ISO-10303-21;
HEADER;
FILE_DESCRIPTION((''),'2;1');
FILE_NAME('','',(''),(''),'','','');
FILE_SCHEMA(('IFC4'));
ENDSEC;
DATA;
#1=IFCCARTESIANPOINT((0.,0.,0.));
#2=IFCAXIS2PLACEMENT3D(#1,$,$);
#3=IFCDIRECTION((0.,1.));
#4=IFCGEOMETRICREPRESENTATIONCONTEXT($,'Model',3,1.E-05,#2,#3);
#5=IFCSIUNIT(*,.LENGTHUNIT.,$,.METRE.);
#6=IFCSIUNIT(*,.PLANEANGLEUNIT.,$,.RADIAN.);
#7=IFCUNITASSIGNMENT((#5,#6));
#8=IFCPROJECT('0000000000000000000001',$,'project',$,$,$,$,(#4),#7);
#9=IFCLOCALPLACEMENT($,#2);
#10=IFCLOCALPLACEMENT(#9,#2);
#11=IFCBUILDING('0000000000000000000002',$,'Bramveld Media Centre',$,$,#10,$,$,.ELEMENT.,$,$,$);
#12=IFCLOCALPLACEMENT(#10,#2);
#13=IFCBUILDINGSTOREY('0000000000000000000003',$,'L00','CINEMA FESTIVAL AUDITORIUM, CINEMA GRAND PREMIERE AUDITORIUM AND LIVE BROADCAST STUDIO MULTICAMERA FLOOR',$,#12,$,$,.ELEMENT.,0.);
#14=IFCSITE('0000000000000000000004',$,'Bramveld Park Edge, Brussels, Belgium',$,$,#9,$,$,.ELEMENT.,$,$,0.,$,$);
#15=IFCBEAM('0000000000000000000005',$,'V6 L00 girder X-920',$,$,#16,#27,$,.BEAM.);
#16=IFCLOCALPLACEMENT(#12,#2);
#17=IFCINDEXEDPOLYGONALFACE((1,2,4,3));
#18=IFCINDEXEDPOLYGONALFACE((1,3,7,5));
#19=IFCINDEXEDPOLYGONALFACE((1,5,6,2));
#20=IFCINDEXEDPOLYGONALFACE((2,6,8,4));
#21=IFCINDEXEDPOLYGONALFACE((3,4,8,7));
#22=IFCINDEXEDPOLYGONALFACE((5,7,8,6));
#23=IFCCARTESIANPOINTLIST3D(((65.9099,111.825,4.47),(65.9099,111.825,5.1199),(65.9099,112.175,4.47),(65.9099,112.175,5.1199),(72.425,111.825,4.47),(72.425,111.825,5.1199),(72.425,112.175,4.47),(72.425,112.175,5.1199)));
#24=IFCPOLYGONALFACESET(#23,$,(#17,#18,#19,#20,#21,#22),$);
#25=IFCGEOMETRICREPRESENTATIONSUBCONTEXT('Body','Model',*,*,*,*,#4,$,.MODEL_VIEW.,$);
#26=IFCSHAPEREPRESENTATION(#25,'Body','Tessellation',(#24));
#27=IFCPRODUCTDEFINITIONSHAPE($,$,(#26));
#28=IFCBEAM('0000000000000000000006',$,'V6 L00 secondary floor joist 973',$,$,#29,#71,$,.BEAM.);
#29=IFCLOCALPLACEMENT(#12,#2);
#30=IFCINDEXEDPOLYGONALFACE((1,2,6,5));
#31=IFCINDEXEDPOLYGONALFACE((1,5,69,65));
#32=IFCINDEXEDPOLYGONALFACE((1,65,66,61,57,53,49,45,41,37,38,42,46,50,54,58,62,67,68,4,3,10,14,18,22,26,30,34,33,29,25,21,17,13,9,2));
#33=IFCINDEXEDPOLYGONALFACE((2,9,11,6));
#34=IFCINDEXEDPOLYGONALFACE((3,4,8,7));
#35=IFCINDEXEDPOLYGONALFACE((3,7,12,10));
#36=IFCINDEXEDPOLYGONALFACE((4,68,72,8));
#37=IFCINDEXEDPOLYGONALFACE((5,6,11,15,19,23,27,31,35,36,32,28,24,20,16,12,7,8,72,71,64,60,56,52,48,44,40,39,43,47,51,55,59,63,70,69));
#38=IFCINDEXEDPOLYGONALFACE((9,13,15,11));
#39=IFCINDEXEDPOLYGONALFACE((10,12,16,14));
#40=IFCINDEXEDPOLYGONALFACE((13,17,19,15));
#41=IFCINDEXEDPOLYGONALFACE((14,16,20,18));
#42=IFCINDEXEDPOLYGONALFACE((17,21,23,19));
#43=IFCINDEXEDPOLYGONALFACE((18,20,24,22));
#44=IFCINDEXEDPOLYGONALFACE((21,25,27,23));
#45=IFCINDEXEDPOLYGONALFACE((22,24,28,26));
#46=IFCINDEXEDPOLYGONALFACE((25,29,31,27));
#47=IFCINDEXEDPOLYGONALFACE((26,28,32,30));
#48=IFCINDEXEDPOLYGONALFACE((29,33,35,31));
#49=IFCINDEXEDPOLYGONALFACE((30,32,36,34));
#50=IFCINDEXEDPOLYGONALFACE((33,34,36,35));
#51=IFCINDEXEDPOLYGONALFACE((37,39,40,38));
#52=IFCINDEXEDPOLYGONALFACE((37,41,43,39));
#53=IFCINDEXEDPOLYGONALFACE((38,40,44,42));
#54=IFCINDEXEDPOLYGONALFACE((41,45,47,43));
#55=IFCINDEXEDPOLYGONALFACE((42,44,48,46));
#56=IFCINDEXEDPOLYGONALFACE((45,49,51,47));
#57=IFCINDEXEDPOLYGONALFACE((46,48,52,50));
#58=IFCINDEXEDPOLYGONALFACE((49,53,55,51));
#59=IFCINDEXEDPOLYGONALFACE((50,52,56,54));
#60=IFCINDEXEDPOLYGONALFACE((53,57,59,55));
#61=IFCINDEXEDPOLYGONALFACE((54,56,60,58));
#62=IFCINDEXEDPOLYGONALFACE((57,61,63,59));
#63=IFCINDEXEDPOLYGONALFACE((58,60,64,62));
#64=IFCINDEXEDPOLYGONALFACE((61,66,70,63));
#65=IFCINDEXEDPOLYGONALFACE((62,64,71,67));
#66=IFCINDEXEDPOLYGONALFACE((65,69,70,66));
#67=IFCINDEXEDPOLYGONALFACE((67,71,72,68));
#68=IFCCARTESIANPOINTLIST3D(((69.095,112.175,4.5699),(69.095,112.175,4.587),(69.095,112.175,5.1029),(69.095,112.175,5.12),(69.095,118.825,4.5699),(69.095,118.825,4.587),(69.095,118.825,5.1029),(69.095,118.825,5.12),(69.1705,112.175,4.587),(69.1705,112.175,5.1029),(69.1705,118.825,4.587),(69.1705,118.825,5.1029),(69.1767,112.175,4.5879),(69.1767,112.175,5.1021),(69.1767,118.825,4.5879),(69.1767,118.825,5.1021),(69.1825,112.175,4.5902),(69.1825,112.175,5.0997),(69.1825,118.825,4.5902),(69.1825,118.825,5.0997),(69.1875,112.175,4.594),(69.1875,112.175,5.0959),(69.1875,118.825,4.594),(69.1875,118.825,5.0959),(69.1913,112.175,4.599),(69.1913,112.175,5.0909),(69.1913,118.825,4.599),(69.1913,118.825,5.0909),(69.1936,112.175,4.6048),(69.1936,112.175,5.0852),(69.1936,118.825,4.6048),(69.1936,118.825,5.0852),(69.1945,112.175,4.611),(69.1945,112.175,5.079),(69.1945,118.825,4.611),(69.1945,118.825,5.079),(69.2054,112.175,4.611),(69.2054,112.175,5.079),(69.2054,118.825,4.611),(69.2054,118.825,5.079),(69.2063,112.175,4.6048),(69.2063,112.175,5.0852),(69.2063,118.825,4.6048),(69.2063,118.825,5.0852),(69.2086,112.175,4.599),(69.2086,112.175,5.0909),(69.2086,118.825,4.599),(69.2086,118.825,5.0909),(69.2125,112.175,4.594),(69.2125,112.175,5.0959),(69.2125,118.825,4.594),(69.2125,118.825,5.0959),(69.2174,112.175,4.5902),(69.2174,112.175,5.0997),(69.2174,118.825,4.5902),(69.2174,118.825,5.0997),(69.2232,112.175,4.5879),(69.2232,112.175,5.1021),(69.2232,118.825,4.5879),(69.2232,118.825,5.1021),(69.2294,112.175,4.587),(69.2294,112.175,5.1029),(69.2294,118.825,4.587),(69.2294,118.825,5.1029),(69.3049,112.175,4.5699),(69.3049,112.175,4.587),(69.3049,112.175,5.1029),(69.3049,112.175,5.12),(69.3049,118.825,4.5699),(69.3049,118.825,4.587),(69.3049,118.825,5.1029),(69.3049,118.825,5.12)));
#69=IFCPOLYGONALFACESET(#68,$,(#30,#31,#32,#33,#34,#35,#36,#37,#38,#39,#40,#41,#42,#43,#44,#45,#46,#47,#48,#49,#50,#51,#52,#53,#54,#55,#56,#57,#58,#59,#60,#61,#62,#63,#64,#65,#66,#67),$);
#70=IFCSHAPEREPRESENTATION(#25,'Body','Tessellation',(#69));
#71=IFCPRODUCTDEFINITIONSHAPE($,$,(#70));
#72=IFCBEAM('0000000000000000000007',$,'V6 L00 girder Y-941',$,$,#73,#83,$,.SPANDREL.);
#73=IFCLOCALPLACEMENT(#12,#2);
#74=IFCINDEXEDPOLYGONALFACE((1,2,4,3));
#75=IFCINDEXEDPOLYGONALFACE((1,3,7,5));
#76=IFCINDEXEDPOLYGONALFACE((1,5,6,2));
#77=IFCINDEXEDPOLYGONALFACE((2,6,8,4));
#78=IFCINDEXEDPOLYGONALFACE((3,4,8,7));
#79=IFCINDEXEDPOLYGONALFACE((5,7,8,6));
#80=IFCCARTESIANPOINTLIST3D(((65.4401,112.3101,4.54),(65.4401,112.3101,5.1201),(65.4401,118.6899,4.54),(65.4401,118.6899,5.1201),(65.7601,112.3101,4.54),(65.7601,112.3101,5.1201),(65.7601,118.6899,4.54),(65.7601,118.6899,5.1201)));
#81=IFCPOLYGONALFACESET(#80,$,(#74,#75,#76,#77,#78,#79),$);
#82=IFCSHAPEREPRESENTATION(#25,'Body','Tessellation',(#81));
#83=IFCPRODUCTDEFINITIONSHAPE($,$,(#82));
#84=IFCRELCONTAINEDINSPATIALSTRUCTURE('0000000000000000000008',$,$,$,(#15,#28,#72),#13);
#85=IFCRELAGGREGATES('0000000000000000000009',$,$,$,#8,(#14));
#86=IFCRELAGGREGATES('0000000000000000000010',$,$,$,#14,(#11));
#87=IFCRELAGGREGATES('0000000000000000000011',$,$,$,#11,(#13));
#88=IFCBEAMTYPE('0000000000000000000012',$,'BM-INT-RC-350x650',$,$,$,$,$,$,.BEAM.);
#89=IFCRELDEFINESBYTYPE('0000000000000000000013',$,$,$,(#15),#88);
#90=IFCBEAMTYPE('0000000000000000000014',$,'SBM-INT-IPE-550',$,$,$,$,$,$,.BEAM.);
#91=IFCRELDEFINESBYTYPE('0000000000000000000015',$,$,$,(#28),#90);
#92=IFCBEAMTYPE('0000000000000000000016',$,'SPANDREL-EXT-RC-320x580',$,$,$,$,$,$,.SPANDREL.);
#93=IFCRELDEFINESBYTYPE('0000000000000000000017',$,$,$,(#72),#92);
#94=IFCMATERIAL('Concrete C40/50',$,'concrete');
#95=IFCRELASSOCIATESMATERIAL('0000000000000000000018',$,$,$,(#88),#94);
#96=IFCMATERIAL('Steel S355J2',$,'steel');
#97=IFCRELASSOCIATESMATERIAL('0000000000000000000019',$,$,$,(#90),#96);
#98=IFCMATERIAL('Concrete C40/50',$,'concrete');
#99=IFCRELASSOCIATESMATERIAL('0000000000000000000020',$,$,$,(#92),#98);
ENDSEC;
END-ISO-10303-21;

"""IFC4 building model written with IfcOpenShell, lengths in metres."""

from ifc_helpers import new_model, si_unit, direction, frame, origin, origin_2d, place, context, subcontext, project, spatial, rectangle, i_section, extrude, material, material_profile, profile_set, type_object, element, save


model = new_model("IFC4")

# Units and contexts
model_context = context("Model", 3, precision=1e-05, world=origin(), true_north=direction((0.0, 1.0)))
body_context = subcontext(model_context, "Body", "Model", "MODEL_VIEW")
ifc_project = project(units=[si_unit("LENGTHUNIT", "METRE"), si_unit("PLANEANGLEUNIT", "RADIAN")], contexts=[model_context])

# Site, building, storey
site_placement = place(None, origin())
site = spatial("IfcSite", under=ifc_project, at=site_placement, Name="Bramveld Park Edge, Brussels, Belgium", CompositionType="ELEMENT", RefElevation=0.0)
building_placement = place(site_placement, origin())
building = spatial("IfcBuilding", under=site, at=building_placement, Name="Bramveld Media Centre", CompositionType="ELEMENT")
storey_placement = place(building_placement, origin())
storey = spatial("IfcBuildingStorey", under=building, at=storey_placement, Name="L00", Description="CINEMA FESTIVAL AUDITORIUM, CINEMA GRAND PREMIERE AUDITORIUM AND LIVE BROADCAST STUDIO MULTICAMERA FLOOR", CompositionType="ELEMENT", Elevation=0.0)

# Beams
ifc_material_1 = material(Name="Concrete C40/50", Category="concrete")
ifc_material_profile_1 = material_profile(ifc_material_1, rectangle(XDim=0.3501, YDim=0.6499, at=origin_2d()), Name="RC 350x650")
ifc_profile_set_1 = profile_set([ifc_material_profile_1], Name="Concrete C40/50")
beam_type_1 = type_object("IfcBeamType", Name="BM-INT-RC-350x650", PredefinedType="BEAM", material=ifc_profile_set_1)
beam_1_placement = place(storey_placement, frame((65.9099, 112.0, 4.7949), z_axis=(1.0, 0.0, 0.0), x_axis=(0.0, 1.0, 0.0)))
element("IfcBeam", 1, at=beam_1_placement, inside=storey, type_object=beam_type_1, Name="V6 L00 girder X-920", PredefinedType="BEAM", context=body_context, shape_type="SweptSolid", body=[
    extrude(rectangle(XDim=0.3501, YDim=0.6499, at=origin_2d()), origin(), (0.0, 0.0, 1.0), 6.5151),
])
ifc_material_2 = material(Name="Steel S355J2", Category="steel")
ifc_material_profile_2 = material_profile(ifc_material_2, i_section(OverallWidth=0.21, OverallDepth=0.55, WebThickness=0.011, FlangeThickness=0.0171, FilletRadius=0.0239, at=origin_2d()), Name="IPE 550")
ifc_profile_set_2 = profile_set([ifc_material_profile_2], Name="Steel S355J2")
beam_type_2 = type_object("IfcBeamType", Name="SBM-INT-IPE-550", PredefinedType="BEAM", material=ifc_profile_set_2)
beam_2_placement = place(storey_placement, frame((69.2, 112.175, 4.845), z_axis=(0.0, 1.0, 0.0), x_axis=(-1.0, 0.0, 0.0)))
element("IfcBeam", 2, at=beam_2_placement, inside=storey, type_object=beam_type_2, Name="V6 L00 secondary floor joist 973", PredefinedType="BEAM", context=body_context, shape_type="SweptSolid", body=[
    extrude(i_section(OverallWidth=0.21, OverallDepth=0.55, WebThickness=0.011, FlangeThickness=0.0171, FilletRadius=0.0239, at=origin_2d()), origin(), (0.0, 0.0, 1.0), 6.6499),
])
ifc_material_3 = material(Name="Concrete C40/50", Category="concrete")
ifc_material_profile_3 = material_profile(ifc_material_3, rectangle(XDim=0.3201, YDim=0.5801, at=origin_2d()), Name="RC 320x580")
ifc_profile_set_3 = profile_set([ifc_material_profile_3], Name="Concrete C40/50")
beam_type_3 = type_object("IfcBeamType", Name="SPANDREL-EXT-RC-320x580", PredefinedType="SPANDREL", material=ifc_profile_set_3)
beam_3_placement = place(storey_placement, frame((65.6001, 112.3101, 4.8301), z_axis=(0.0, 1.0, 0.0), x_axis=(-1.0, 0.0, 0.0)))
element("IfcBeam", 3, at=beam_3_placement, inside=storey, type_object=beam_type_3, Name="V6 L00 girder Y-941", PredefinedType="SPANDREL", context=body_context, shape_type="SweptSolid", body=[
    extrude(rectangle(XDim=0.3201, YDim=0.5801, at=origin_2d()), origin(), (0.0, 0.0, 1.0), 6.3799),
])

save(model, "model.ifc")
